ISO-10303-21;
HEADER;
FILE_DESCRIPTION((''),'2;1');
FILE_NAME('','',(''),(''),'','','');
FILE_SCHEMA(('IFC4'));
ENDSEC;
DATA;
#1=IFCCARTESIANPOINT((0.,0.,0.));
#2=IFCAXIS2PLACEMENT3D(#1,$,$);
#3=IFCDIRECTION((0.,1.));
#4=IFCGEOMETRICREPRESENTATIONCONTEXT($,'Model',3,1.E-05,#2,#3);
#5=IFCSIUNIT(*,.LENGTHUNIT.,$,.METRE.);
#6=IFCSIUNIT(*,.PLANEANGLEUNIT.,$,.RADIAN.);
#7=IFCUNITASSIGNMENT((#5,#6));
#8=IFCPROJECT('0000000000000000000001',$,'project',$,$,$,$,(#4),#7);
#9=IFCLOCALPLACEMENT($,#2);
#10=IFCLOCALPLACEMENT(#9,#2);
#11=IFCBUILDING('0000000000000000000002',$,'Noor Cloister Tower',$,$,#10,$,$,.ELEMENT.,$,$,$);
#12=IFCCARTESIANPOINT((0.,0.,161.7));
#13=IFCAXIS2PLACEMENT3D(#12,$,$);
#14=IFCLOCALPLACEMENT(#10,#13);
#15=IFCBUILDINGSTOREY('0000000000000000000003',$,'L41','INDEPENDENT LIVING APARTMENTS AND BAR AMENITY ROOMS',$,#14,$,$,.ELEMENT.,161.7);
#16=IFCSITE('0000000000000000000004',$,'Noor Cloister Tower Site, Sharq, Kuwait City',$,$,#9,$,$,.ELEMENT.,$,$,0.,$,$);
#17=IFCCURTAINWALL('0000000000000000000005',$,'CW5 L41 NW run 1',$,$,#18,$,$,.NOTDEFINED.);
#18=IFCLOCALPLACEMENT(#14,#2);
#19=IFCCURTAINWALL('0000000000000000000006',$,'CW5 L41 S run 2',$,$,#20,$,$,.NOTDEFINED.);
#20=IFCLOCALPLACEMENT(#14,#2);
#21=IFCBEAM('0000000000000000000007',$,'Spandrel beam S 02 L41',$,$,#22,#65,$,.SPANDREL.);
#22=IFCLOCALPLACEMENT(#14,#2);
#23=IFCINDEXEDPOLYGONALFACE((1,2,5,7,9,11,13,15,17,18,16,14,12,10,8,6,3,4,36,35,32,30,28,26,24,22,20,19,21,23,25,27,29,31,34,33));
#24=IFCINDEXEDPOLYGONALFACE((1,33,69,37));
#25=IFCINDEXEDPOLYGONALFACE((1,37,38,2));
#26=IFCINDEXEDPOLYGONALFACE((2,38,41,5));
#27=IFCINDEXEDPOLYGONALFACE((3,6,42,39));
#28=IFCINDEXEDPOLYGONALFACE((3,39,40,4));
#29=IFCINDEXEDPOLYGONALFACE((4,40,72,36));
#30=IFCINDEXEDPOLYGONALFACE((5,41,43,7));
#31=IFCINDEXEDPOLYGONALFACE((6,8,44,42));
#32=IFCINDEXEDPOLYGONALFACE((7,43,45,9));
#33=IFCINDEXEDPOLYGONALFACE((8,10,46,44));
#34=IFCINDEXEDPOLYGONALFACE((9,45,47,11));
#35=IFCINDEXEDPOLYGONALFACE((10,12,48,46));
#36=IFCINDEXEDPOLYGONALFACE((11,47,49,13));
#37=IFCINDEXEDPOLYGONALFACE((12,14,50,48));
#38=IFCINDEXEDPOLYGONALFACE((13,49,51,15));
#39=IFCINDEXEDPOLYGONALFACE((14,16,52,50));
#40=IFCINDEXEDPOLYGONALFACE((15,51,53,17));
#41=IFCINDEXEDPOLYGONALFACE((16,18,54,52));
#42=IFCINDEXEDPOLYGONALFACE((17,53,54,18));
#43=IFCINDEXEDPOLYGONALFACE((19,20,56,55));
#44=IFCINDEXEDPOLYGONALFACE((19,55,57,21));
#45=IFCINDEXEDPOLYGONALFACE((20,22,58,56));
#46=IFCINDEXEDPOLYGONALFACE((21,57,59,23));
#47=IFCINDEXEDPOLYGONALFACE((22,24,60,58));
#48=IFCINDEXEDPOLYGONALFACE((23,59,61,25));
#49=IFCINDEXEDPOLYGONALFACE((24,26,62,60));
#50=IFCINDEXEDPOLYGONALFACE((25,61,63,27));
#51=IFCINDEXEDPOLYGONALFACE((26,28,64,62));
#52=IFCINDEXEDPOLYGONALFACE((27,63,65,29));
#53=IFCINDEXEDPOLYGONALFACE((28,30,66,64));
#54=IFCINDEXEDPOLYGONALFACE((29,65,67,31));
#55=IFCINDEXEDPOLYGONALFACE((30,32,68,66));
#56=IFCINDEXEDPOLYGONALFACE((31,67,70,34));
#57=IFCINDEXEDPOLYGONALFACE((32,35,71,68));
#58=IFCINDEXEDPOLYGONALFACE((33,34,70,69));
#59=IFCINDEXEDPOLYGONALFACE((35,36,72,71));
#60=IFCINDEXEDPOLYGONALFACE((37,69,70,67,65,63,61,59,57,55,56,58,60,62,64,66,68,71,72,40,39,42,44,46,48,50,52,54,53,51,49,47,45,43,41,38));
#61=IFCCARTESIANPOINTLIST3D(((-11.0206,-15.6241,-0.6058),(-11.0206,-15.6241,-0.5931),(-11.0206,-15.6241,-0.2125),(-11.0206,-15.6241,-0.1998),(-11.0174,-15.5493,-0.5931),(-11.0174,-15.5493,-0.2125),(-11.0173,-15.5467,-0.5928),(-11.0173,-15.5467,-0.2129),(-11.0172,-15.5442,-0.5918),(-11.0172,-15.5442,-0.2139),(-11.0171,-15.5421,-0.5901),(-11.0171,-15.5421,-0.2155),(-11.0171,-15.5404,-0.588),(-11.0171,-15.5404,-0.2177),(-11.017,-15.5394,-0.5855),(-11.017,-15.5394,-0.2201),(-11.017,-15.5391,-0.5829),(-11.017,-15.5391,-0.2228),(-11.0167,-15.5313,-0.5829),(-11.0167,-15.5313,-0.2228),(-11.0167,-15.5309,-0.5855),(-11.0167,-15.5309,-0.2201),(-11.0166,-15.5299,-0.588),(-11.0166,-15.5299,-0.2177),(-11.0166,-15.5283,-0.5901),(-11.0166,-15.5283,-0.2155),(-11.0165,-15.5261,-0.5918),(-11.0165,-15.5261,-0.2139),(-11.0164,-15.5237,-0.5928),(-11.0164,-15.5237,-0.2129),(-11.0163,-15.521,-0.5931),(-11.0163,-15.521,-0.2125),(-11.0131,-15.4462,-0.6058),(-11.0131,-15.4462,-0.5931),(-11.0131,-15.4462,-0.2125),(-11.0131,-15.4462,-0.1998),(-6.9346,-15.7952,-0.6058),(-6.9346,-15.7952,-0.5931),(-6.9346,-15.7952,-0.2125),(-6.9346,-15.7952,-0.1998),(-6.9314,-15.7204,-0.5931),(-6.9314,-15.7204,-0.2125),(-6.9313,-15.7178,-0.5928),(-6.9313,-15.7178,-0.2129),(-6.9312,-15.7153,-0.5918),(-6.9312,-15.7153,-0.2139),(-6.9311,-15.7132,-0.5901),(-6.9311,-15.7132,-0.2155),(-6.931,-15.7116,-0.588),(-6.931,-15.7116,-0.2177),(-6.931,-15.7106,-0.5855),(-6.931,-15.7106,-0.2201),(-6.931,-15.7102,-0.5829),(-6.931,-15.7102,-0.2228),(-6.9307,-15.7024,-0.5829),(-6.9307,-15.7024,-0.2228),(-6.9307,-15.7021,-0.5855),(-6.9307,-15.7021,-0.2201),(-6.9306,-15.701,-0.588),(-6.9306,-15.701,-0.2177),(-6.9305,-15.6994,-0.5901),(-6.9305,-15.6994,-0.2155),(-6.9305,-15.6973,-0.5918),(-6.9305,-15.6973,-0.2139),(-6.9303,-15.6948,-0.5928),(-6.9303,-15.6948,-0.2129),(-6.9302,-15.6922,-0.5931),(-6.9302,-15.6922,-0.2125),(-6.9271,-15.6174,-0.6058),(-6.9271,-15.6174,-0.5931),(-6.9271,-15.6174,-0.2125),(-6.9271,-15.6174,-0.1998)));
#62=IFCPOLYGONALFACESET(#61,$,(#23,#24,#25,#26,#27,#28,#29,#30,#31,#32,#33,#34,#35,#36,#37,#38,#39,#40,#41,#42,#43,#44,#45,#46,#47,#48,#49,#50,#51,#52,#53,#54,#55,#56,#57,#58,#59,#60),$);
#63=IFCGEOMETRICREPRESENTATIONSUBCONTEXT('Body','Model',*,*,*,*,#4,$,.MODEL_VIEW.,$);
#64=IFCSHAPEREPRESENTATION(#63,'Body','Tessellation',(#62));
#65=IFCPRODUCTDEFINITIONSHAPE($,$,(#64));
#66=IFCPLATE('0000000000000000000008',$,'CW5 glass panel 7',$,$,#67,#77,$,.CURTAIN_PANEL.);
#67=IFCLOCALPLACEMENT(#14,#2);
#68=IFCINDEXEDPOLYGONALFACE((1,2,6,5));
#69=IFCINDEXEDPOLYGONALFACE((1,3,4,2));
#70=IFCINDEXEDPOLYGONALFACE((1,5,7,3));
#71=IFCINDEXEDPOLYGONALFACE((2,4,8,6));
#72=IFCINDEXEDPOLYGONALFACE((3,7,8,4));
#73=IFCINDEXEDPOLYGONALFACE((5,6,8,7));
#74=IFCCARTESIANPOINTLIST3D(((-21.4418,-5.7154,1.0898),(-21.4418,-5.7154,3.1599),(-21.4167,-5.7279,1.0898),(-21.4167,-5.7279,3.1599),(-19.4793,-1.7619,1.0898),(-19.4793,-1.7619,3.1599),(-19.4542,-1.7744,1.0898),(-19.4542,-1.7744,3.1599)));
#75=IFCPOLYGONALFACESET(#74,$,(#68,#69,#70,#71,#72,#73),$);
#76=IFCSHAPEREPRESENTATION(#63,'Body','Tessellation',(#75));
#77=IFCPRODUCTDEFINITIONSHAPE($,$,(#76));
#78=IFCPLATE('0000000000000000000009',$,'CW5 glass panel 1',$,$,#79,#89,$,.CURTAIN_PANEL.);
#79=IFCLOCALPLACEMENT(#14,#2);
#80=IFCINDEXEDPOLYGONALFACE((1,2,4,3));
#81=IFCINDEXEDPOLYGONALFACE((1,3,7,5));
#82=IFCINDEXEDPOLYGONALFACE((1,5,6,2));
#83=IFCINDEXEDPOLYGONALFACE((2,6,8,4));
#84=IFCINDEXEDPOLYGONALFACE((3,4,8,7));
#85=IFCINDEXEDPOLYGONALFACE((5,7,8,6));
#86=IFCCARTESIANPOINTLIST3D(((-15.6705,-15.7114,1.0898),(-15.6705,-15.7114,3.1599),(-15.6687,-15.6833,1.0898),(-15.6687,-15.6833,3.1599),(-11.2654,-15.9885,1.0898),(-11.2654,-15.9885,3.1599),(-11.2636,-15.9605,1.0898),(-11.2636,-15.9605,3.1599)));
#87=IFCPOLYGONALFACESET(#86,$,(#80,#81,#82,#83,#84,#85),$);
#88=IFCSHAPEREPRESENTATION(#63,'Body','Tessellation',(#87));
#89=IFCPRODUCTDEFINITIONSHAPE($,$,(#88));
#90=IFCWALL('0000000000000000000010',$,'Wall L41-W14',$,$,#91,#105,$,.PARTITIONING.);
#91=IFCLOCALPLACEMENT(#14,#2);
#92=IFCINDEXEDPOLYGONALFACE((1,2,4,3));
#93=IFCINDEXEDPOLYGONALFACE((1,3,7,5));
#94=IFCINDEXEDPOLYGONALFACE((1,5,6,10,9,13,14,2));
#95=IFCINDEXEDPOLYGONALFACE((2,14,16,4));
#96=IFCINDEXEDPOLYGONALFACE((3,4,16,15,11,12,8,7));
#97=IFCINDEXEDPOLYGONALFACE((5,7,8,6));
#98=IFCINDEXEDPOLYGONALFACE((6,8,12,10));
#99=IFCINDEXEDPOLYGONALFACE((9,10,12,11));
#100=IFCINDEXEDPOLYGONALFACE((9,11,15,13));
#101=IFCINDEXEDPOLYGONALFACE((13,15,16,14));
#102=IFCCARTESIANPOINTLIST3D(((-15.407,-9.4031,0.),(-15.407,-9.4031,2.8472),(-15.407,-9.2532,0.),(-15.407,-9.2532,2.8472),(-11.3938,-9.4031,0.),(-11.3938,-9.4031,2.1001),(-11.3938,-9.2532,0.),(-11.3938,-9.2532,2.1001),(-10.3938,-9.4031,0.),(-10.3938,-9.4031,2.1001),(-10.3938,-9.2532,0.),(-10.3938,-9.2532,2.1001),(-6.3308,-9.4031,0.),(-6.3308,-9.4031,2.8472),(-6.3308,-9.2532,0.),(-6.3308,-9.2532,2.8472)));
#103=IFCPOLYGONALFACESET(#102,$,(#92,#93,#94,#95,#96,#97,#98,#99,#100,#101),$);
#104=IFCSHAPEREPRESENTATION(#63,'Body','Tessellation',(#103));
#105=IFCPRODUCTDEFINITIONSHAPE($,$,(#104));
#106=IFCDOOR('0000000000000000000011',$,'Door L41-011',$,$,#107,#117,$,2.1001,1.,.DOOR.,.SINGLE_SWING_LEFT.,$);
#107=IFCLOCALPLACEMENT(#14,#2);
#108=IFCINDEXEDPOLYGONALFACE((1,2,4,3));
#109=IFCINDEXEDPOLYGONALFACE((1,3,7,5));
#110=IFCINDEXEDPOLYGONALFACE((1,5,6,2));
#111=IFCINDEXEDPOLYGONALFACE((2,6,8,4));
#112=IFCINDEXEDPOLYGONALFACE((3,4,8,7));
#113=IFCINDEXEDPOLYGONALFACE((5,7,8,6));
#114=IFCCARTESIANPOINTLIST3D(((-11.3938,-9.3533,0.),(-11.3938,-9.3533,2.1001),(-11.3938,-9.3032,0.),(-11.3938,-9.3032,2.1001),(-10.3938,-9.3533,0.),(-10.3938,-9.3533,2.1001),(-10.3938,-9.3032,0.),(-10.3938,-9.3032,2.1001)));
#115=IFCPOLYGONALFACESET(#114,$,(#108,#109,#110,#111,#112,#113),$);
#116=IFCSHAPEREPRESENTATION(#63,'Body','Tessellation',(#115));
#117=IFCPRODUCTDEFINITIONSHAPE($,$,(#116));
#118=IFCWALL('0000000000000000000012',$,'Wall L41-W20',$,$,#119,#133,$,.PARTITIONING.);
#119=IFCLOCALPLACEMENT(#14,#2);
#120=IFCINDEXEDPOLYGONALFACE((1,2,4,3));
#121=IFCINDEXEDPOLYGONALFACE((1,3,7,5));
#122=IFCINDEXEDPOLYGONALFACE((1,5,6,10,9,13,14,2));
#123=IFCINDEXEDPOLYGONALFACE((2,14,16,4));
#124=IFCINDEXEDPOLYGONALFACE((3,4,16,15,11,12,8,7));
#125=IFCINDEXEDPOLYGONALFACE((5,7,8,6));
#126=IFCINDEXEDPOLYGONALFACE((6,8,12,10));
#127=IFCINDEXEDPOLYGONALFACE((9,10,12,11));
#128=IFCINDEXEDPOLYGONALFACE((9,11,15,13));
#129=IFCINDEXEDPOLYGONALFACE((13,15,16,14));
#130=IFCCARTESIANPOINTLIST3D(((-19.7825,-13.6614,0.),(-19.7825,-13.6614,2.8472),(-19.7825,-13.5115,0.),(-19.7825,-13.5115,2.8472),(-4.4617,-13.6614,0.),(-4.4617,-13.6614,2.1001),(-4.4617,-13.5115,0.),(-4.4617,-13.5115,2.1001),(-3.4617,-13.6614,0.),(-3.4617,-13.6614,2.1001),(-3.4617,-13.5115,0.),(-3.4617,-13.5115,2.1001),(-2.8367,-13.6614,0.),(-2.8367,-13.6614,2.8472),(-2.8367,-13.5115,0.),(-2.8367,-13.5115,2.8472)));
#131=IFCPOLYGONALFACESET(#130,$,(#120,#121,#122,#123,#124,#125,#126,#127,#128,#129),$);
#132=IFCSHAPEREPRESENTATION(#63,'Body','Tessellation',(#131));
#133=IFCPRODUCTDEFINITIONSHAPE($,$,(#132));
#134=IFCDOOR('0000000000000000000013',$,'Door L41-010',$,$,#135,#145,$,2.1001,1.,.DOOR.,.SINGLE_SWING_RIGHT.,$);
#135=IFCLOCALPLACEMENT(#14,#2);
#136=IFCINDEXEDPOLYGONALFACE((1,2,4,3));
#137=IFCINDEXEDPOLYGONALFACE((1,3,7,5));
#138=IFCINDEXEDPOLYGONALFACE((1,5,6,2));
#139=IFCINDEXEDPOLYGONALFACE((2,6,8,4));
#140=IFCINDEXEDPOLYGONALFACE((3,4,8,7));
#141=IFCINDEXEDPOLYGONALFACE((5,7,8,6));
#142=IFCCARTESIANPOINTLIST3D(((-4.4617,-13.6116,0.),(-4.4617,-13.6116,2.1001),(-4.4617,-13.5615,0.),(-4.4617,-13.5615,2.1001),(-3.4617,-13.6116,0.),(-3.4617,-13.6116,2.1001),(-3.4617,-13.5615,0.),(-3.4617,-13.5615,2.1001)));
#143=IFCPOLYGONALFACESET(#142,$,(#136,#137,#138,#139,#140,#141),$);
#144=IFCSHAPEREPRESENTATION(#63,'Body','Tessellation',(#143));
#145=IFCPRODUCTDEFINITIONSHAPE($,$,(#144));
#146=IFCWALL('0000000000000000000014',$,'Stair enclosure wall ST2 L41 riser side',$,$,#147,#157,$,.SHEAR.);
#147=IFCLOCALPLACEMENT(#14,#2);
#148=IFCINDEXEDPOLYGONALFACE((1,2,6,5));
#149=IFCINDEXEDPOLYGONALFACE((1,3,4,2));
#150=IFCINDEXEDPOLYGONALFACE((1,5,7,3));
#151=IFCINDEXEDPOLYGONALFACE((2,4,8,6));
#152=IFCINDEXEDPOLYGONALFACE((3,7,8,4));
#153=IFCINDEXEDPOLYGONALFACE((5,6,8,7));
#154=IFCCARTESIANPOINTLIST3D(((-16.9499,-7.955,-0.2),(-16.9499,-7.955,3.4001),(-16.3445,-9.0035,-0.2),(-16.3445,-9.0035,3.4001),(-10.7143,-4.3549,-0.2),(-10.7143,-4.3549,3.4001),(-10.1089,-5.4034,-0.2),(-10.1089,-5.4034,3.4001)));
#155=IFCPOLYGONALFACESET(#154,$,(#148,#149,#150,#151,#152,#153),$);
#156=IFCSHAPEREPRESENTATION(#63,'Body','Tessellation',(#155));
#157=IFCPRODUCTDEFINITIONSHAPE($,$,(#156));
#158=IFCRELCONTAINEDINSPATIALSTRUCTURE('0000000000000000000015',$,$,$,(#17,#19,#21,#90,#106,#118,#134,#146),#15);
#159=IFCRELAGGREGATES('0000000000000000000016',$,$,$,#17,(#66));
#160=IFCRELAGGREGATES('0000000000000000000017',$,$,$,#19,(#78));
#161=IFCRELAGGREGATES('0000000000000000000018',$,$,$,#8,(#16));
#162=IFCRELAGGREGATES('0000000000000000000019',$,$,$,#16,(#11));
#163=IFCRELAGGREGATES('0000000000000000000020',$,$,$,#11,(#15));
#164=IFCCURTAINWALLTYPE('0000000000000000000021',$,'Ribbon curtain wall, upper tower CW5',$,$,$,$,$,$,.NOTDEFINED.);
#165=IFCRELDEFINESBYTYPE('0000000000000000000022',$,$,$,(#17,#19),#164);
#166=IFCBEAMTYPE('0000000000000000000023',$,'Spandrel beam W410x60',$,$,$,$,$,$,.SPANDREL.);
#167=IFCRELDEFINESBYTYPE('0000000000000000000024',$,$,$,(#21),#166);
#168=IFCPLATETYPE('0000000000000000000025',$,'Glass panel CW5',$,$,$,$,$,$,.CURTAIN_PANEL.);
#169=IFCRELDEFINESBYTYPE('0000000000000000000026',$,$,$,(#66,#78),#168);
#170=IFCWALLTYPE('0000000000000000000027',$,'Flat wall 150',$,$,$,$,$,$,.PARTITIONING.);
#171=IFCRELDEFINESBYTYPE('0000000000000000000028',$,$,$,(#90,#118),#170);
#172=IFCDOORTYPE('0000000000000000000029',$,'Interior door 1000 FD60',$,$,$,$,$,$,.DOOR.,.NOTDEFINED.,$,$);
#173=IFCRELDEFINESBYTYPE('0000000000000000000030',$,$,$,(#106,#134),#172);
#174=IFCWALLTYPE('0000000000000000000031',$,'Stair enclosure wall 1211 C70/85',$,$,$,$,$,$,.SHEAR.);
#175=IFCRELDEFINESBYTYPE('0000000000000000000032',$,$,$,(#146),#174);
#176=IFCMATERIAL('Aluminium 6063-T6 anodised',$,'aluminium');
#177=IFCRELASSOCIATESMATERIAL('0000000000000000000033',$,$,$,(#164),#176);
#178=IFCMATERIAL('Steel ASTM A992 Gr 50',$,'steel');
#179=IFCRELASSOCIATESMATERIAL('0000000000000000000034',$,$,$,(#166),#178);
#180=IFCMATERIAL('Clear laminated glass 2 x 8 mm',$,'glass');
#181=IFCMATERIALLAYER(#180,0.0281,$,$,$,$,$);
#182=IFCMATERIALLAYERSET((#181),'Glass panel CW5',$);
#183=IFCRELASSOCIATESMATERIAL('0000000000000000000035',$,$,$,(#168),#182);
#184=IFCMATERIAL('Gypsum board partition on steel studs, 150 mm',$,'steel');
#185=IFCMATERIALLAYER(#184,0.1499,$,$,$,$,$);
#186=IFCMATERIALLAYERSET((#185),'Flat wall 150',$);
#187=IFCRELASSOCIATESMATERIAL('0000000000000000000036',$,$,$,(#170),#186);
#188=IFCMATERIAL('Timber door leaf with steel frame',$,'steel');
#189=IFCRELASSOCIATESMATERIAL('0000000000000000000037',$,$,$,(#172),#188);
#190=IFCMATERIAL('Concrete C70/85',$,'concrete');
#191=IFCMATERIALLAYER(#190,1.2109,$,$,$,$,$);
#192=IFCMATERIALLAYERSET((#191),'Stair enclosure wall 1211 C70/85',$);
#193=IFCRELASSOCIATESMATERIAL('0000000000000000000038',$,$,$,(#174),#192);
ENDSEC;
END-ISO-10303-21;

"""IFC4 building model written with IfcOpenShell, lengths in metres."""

from ifc_helpers import new_model, si_unit, direction, frame, frame_2d, origin, origin_2d, place, context, subcontext, project, spatial, rectangle, i_section, extrude, material, layer, layer_set, material_profile, profile_set, type_object, element, fill, aggregate, save


model = new_model("IFC4")

# Units and contexts
model_context = context("Model", 3, precision=1e-05, world=origin(), true_north=direction((0.0, 1.0)))
body_context = subcontext(model_context, "Body", "Model", "MODEL_VIEW")
ifc_project = project(units=[si_unit("LENGTHUNIT", "METRE"), si_unit("PLANEANGLEUNIT", "RADIAN")], contexts=[model_context])

# Site, building, storey
site_placement = place(None, origin())
site = spatial("IfcSite", under=ifc_project, at=site_placement, Name="Noor Cloister Tower Site, Sharq, Kuwait City", CompositionType="ELEMENT", RefElevation=0.0)
building_placement = place(site_placement, origin())
building = spatial("IfcBuilding", under=site, at=building_placement, Name="Noor Cloister Tower", CompositionType="ELEMENT")
storey_placement = place(building_placement, frame((0.0, 0.0, 161.7)))
storey = spatial("IfcBuildingStorey", under=building, at=storey_placement, Name="L41", Description="INDEPENDENT LIVING APARTMENTS AND BAR AMENITY ROOMS", CompositionType="ELEMENT", Elevation=161.7)

# Curtain walls
ifc_material_1 = material(Name="Aluminium 6063-T6 anodised", Category="aluminium")
curtain_wall_type = type_object("IfcCurtainWallType", Name="Ribbon curtain wall, upper tower CW5", PredefinedType="NOTDEFINED", material=ifc_material_1)
curtain_wall_1_placement = place(storey_placement, origin())
curtain_wall_1 = element("IfcCurtainWall", 1, at=curtain_wall_1_placement, inside=storey, type_object=curtain_wall_type, Name="CW5 L41 NW run 1", PredefinedType="NOTDEFINED")
curtain_wall_2_placement = place(storey_placement, origin())
curtain_wall_2 = element("IfcCurtainWall", 2, at=curtain_wall_2_placement, inside=storey, type_object=curtain_wall_type, Name="CW5 L41 S run 2", PredefinedType="NOTDEFINED")

# Beam
ifc_material_2 = material(Name="Steel ASTM A992 Gr 50", Category="steel")
ifc_material_profile_1 = material_profile(ifc_material_2, i_section(OverallWidth=0.178, OverallDepth=0.406, WebThickness=0.0078, FlangeThickness=0.0127, FilletRadius=0.0103, at=origin_2d()), Name="W410x60")
ifc_profile_set_1 = profile_set([ifc_material_profile_1], Name="Steel ASTM A992 Gr 50")
beam_type_1 = type_object("IfcBeamType", Name="Spandrel beam W410x60", PredefinedType="SPANDREL", material=ifc_profile_set_1)
beam_1_placement = place(storey_placement, frame((-11.0168, -15.5352, -0.4028), z_axis=(0.999124, -0.041849, 0.0), x_axis=(0.041849, 0.999124, 0.0)))
element("IfcBeam", 3, at=beam_1_placement, inside=storey, type_object=beam_type_1, Name="Spandrel beam S 02 L41", PredefinedType="SPANDREL", context=body_context, shape_type="SweptSolid", body=[
    extrude(i_section(OverallWidth=0.178, OverallDepth=0.406, WebThickness=0.0078, FlangeThickness=0.0127, FilletRadius=0.0103, at=origin_2d()), origin(), (0.0, 0.0, 1.0), 4.0896),
])

# Plates
ifc_material_3 = material(Name="Clear laminated glass 2 x 8 mm", Category="glass")
ifc_layer_1 = layer(ifc_material_3, 0.0281)
ifc_layer_set_1 = layer_set([ifc_layer_1], Name="Glass panel CW5")
plate_type = type_object("IfcPlateType", Name="Glass panel CW5", PredefinedType="CURTAIN_PANEL", material=ifc_layer_set_1)
plate_1_placement = place(storey_placement, frame((-20.448, -3.7449, 1.0898), z_axis=(0.0, 0.0, 1.0), x_axis=(-0.444629, -0.895715, 0.0)))
plate_1 = element("IfcPlate", 4, at=plate_1_placement, type_object=plate_type, Name="CW5 glass panel 7", PredefinedType="CURTAIN_PANEL", context=body_context, shape_type="SweptSolid", body=[
    extrude(rectangle(XDim=4.4138, YDim=0.0281, at=origin_2d()), origin(), (0.0, 0.0, 1.0), 2.0701),
])
aggregate(curtain_wall_1, [plate_1])
plate_2_placement = place(storey_placement, frame((-13.467, -15.8359, 1.0898), z_axis=(0.0, 0.0, 1.0), x_axis=(0.998026, -0.062798, 0.0)))
plate_2 = element("IfcPlate", 5, at=plate_2_placement, type_object=plate_type, Name="CW5 glass panel 1", PredefinedType="CURTAIN_PANEL", context=body_context, shape_type="SweptSolid", body=[
    extrude(rectangle(XDim=4.4138, YDim=0.0281, at=origin_2d()), origin(), (0.0, 0.0, 1.0), 2.0701),
])
aggregate(curtain_wall_2, [plate_2])

# Walls, openings, doors
ifc_material_4 = material(Name="Gypsum board partition on steel studs, 150 mm", Category="steel")
ifc_layer_2 = layer(ifc_material_4, 0.1499)
ifc_layer_set_2 = layer_set([ifc_layer_2], Name="Flat wall 150")
wall_type_1 = type_object("IfcWallType", Name="Flat wall 150", PredefinedType="PARTITIONING", material=ifc_layer_set_2)
wall_1_placement = place(storey_placement, frame((-15.407, -9.3281, 0.0), z_axis=(0.0, 0.0, 1.0), x_axis=(1.0, 0.0, 0.0)))
wall_1 = element("IfcWall", 6, at=wall_1_placement, inside=storey, type_object=wall_type_1, Name="Wall L41-W14", PredefinedType="PARTITIONING", context=body_context, shape_type="SweptSolid", body=[
    extrude(rectangle(XDim=9.0762, YDim=0.1499, at=frame_2d((4.5381, 0.0))), origin(), (0.0, 0.0, 1.0), 2.8472),
])
opening_1_placement = place(wall_1_placement, frame((4.0132, 0.0, 0.0)))
opening_1 = element("IfcOpeningElement", 7, at=opening_1_placement, cuts=wall_1, PredefinedType="OPENING", context=body_context, shape_type="SweptSolid", body=[
    extrude(rectangle(XDim=1.0, YDim=2.1001, at=frame_2d((0.5, 1.05))), frame((0.0, 0.085, 0.0), z_axis=(0.0, -1.0, 0.0), x_axis=(1.0, 0.0, 0.0)), (0.0, 0.0, 1.0), 0.1699),
])
ifc_material_5 = material(Name="Timber door leaf with steel frame", Category="steel")
door_type_1 = type_object("IfcDoorType", Name="Interior door 1000 FD60", OperationType="NOTDEFINED", PredefinedType="DOOR", material=ifc_material_5)
door_1_placement = place(opening_1_placement, origin())
door_1 = element("IfcDoor", 8, at=door_1_placement, inside=storey, type_object=door_type_1, Name="Door L41-011", OperationType="SINGLE_SWING_LEFT", OverallHeight=2.1001, OverallWidth=1.0, PredefinedType="DOOR", context=body_context, shape_type="SweptSolid", body=[
    extrude(rectangle(XDim=1.0, YDim=2.1001, at=frame_2d((0.5, 1.05))), frame((0.0, 0.0249, 0.0), z_axis=(0.0, -1.0, 0.0), x_axis=(1.0, 0.0, 0.0)), (0.0, 0.0, 1.0), 0.05),
])
fill(opening_1, door_1)
wall_2_placement = place(storey_placement, frame((-19.7825, -13.5864, 0.0), z_axis=(0.0, 0.0, 1.0), x_axis=(1.0, 0.0, 0.0)))
wall_2 = element("IfcWall", 9, at=wall_2_placement, inside=storey, type_object=wall_type_1, Name="Wall L41-W20", PredefinedType="PARTITIONING", context=body_context, shape_type="SweptSolid", body=[
    extrude(rectangle(XDim=16.9458, YDim=0.1499, at=frame_2d((8.4729, 0.0))), origin(), (0.0, 0.0, 1.0), 2.8472),
])
opening_2_placement = place(wall_2_placement, frame((15.3208, 0.0, 0.0)))
opening_2 = element("IfcOpeningElement", 10, at=opening_2_placement, cuts=wall_2, PredefinedType="OPENING", context=body_context, shape_type="SweptSolid", body=[
    extrude(rectangle(XDim=1.0, YDim=2.1001, at=frame_2d((0.5, 1.05))), frame((0.0, 0.085, 0.0), z_axis=(0.0, -1.0, 0.0), x_axis=(1.0, 0.0, 0.0)), (0.0, 0.0, 1.0), 0.1699),
])
door_2_placement = place(opening_2_placement, origin())
door_2 = element("IfcDoor", 11, at=door_2_placement, inside=storey, type_object=door_type_1, Name="Door L41-010", OperationType="SINGLE_SWING_RIGHT", OverallHeight=2.1001, OverallWidth=1.0, PredefinedType="DOOR", context=body_context, shape_type="SweptSolid", body=[
    extrude(rectangle(XDim=1.0, YDim=2.1001, at=frame_2d((0.5, 1.05))), frame((0.0, 0.0249, 0.0), z_axis=(0.0, -1.0, 0.0), x_axis=(1.0, 0.0, 0.0)), (0.0, 0.0, 1.0), 0.05),
])
fill(opening_2, door_2)

# Wall
ifc_material_6 = material(Name="Concrete C70/85", Category="concrete")
ifc_layer_3 = layer(ifc_material_6, 1.2109)
ifc_layer_set_3 = layer_set([ifc_layer_3], Name="Stair enclosure wall 1211 C70/85")
wall_type_2 = type_object("IfcWallType", Name="Stair enclosure wall 1211 C70/85", PredefinedType="SHEAR", material=ifc_layer_set_3)
wall_3_placement = place(storey_placement, frame((-10.4116, -4.8792, -0.2), z_axis=(0.0, 0.0, 1.0), x_axis=(-0.866027, -0.499997, 0.0)))
element("IfcWall", 12, at=wall_3_placement, inside=storey, type_object=wall_type_2, Name="Stair enclosure wall ST2 L41 riser side", PredefinedType="SHEAR", context=body_context, shape_type="SweptSolid", body=[
    extrude(rectangle(XDim=7.2002, YDim=1.2107, at=frame_2d((3.6001, 0.0))), origin(), (0.0, 0.0, 1.0), 3.6001),
])

save(model, "model.ifc")
